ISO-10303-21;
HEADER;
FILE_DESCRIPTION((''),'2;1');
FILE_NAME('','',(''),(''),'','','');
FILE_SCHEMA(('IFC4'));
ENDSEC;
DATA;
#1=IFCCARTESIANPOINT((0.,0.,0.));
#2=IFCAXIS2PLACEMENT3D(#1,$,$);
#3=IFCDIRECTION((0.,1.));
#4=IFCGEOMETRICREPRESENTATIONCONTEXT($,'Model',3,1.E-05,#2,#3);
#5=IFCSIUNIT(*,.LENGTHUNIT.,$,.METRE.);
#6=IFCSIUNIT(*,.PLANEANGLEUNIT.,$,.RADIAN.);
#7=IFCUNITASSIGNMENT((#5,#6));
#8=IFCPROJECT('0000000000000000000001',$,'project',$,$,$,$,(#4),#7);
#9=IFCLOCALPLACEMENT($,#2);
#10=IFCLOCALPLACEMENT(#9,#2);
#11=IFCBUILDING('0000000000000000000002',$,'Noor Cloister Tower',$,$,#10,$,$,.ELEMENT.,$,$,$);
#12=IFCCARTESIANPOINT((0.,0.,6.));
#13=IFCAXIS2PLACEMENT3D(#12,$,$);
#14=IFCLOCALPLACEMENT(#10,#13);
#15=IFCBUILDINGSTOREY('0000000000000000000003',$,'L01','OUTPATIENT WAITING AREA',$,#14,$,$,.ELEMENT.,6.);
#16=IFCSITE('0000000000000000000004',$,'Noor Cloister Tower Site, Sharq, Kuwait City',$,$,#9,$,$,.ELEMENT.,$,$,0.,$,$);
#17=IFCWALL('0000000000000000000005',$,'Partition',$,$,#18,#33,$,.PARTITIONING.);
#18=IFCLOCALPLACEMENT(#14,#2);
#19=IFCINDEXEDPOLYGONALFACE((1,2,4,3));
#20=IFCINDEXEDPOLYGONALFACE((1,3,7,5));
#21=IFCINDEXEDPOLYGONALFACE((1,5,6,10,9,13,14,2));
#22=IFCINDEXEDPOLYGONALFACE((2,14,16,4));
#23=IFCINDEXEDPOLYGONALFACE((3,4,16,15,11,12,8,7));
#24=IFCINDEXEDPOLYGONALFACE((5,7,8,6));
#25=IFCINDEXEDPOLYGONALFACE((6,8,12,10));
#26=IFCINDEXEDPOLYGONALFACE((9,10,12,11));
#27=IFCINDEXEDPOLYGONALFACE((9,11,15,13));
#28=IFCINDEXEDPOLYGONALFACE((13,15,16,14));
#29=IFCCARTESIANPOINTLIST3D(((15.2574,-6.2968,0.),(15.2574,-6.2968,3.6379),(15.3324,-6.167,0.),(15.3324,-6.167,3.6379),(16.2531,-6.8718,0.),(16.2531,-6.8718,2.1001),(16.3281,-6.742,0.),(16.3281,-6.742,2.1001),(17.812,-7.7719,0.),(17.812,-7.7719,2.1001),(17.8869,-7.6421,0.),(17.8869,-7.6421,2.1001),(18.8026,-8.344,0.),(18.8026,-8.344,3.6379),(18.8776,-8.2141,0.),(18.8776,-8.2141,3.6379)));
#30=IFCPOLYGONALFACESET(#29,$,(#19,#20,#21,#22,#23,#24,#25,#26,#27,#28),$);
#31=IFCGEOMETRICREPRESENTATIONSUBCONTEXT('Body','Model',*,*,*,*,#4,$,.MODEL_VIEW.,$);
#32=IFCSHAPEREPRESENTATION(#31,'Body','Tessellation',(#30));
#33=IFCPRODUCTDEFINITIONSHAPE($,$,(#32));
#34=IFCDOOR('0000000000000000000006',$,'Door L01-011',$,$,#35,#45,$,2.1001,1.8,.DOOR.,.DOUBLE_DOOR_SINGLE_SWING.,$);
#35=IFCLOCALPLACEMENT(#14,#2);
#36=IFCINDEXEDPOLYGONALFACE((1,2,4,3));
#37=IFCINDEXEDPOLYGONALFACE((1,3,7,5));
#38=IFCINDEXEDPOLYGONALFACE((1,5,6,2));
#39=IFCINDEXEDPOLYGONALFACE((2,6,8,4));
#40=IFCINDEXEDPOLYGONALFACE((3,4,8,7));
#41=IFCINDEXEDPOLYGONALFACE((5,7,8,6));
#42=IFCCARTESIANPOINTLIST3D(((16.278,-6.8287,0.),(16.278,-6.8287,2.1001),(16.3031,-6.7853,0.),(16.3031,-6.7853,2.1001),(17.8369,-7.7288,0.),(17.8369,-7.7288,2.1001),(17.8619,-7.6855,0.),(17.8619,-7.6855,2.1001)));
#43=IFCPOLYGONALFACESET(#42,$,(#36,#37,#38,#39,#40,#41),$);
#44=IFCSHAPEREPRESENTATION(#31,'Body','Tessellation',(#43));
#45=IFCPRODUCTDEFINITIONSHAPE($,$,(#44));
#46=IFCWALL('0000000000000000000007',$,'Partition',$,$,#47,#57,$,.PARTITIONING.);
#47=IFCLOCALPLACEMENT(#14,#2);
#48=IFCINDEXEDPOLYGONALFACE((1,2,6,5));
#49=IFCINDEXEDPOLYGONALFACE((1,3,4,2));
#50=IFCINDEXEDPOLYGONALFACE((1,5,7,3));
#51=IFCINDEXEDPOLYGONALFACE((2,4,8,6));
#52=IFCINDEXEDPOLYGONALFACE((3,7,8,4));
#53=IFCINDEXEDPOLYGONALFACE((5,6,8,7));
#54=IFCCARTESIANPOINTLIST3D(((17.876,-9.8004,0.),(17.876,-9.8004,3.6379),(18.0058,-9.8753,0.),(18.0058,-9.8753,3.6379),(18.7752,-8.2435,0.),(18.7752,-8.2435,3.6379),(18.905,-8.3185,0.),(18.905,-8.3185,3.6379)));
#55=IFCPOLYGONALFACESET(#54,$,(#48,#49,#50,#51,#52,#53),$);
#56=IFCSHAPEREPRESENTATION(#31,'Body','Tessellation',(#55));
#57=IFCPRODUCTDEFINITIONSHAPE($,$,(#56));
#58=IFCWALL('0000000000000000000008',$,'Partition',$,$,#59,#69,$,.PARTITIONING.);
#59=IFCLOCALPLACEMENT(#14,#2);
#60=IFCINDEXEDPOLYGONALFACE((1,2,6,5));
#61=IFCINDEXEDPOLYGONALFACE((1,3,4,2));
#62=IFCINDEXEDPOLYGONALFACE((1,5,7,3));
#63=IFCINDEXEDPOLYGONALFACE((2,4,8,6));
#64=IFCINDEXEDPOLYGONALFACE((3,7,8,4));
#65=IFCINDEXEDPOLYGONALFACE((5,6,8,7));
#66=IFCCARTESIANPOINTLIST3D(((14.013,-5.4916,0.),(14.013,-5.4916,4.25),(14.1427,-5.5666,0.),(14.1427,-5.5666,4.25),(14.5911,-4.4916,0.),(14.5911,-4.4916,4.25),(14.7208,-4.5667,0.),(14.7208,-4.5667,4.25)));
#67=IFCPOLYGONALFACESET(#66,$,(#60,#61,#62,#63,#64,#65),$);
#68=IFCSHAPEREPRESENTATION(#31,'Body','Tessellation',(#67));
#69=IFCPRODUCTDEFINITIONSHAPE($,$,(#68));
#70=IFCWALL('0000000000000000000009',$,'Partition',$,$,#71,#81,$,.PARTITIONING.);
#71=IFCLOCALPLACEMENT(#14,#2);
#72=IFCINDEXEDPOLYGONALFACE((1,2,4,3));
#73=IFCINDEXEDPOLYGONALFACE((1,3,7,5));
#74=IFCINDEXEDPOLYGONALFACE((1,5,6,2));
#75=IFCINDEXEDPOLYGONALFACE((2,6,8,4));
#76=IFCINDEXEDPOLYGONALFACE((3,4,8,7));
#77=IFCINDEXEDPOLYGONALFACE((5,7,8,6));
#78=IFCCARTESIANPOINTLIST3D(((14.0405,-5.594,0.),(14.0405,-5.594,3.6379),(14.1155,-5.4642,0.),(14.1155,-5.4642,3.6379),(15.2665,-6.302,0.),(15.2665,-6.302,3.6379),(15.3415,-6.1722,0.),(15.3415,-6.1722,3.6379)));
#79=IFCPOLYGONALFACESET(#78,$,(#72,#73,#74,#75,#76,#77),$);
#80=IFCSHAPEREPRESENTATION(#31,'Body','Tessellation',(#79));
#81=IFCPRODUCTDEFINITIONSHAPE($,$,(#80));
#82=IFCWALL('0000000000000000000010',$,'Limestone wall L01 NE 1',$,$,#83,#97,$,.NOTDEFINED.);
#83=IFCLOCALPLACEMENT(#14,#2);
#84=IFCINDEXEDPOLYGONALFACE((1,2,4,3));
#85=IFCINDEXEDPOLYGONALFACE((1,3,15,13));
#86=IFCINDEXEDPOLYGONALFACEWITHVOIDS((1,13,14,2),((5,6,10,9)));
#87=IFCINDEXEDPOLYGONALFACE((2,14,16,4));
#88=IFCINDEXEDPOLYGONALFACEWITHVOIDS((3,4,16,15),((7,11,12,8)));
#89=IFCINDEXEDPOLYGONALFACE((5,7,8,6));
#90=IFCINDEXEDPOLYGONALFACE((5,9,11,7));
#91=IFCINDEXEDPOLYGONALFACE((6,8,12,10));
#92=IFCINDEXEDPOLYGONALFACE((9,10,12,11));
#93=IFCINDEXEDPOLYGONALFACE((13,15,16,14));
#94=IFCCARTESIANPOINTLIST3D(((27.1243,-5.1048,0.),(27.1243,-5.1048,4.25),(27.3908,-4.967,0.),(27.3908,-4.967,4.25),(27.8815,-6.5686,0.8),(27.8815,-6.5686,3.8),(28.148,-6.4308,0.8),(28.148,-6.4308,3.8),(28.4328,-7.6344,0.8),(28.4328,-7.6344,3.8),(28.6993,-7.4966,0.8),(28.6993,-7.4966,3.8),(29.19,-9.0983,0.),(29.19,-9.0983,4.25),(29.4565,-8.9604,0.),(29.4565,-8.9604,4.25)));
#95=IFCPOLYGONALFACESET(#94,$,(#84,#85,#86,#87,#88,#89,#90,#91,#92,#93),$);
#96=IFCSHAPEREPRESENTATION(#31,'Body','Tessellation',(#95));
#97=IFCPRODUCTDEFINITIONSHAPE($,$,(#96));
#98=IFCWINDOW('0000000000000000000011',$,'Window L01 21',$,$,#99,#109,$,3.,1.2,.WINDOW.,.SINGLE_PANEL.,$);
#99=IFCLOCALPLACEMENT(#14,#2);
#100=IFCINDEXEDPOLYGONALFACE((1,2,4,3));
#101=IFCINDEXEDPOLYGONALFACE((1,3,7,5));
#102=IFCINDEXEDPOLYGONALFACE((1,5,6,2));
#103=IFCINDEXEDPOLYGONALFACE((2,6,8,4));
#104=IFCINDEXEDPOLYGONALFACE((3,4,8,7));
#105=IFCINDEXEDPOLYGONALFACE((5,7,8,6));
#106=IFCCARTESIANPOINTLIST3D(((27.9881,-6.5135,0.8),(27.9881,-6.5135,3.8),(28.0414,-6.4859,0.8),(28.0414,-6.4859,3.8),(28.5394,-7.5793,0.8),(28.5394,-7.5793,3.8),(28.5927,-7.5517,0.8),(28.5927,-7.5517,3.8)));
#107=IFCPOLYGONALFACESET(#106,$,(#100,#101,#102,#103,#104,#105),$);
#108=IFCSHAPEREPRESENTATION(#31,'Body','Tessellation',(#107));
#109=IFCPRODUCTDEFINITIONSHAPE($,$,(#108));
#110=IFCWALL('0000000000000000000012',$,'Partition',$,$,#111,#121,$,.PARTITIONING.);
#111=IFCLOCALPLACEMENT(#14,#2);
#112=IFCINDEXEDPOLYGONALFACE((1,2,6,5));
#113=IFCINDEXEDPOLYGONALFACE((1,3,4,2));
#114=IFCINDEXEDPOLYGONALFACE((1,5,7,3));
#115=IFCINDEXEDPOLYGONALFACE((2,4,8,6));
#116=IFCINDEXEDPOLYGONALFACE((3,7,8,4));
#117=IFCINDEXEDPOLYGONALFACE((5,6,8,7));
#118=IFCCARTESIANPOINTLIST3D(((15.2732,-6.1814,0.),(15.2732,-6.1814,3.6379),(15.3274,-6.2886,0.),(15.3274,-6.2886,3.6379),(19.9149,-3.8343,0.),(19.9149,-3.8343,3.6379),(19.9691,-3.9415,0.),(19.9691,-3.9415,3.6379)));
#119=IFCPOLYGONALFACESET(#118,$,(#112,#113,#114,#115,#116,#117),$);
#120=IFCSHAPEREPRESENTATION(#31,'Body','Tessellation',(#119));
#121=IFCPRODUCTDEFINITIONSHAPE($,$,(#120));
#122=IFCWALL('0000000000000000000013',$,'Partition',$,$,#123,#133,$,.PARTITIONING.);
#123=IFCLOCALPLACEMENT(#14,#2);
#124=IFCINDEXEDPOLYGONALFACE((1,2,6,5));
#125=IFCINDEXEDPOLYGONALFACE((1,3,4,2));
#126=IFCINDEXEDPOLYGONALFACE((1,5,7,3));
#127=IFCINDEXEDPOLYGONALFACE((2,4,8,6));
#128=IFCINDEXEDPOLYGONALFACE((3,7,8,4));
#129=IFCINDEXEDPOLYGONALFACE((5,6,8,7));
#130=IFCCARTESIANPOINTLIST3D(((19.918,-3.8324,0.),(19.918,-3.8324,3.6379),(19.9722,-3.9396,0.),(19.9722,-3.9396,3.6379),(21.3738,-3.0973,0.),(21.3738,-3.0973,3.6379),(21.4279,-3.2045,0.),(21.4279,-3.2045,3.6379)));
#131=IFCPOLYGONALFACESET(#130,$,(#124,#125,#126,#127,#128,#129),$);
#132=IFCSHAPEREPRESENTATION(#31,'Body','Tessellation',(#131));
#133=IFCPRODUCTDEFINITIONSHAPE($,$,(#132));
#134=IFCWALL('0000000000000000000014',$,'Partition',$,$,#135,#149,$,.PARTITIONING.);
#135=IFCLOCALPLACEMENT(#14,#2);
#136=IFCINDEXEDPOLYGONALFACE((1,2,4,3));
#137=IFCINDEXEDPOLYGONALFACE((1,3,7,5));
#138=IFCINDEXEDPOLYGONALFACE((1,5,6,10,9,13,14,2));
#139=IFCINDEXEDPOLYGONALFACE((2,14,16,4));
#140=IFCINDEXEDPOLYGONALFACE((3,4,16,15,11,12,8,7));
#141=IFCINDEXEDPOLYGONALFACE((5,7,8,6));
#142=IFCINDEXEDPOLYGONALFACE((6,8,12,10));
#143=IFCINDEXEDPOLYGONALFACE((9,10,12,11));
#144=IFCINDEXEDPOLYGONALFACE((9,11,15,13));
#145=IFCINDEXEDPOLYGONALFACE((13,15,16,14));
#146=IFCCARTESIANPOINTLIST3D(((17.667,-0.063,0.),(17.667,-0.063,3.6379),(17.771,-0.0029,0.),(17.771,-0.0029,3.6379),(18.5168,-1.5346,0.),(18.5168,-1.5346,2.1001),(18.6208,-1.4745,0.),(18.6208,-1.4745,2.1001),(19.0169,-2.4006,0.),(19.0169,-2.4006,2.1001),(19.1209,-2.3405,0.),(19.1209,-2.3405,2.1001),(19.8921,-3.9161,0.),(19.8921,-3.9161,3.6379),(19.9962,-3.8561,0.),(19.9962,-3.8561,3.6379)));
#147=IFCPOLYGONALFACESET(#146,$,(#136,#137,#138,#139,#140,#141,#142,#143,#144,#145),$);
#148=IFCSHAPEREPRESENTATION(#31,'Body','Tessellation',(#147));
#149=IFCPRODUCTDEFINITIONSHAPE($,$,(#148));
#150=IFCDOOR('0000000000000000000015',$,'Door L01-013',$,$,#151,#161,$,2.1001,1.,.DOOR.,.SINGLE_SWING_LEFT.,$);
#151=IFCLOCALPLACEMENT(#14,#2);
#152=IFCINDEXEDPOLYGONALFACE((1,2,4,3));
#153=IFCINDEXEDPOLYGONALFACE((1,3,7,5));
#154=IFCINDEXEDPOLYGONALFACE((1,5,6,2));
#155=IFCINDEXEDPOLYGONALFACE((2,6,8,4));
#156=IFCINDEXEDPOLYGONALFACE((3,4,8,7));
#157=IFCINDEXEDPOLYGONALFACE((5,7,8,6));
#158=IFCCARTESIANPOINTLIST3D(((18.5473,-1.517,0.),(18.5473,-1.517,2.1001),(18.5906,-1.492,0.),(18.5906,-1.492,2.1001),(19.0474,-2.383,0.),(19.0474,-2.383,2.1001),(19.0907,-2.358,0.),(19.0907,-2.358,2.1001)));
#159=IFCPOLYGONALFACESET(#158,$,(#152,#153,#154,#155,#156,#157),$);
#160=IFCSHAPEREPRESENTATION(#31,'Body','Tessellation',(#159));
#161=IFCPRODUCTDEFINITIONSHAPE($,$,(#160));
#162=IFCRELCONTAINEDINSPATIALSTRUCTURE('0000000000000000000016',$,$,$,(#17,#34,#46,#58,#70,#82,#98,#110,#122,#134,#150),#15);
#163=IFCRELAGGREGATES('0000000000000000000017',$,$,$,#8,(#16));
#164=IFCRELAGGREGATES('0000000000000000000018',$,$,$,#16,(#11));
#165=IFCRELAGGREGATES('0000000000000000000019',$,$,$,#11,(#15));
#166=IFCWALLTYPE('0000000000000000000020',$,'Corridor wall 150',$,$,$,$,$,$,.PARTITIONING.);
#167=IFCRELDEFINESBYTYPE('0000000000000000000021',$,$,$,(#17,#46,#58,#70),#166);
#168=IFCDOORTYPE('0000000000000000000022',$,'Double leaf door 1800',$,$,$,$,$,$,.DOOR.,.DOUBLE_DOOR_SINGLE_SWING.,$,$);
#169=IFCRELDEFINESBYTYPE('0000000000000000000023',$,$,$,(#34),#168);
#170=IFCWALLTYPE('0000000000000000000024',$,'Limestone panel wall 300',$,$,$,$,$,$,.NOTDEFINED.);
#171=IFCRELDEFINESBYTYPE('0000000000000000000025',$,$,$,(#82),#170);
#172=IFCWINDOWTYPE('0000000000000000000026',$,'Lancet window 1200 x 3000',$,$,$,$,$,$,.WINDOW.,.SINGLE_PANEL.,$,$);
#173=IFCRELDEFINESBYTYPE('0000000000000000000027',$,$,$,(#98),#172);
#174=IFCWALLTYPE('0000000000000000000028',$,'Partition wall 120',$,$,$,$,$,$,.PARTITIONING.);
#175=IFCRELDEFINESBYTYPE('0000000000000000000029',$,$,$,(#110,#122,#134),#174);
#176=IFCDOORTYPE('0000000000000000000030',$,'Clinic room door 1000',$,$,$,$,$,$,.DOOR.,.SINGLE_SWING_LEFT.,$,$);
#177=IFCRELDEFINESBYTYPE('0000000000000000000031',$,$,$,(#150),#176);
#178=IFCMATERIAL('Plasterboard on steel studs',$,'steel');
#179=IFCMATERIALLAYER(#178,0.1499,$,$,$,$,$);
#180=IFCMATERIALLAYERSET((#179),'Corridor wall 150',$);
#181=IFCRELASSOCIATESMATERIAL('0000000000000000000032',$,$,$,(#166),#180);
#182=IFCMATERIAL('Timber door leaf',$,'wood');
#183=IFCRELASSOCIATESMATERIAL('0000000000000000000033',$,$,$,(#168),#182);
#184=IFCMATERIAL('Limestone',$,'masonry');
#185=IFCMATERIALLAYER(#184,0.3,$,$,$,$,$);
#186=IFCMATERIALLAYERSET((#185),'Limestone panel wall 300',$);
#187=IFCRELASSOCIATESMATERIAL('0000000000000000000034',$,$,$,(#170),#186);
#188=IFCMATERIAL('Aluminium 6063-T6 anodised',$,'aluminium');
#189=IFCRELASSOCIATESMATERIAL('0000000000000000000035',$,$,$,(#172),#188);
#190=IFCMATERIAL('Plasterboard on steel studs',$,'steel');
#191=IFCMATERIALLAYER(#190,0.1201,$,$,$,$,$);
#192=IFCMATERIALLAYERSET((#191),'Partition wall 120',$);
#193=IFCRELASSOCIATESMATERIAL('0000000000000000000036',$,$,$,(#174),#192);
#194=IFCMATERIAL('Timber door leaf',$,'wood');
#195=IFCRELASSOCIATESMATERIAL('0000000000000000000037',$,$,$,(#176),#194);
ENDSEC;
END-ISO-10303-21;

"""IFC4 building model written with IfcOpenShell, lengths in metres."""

from ifc_helpers import new_model, si_unit, direction, frame, frame_2d, origin, place, context, subcontext, project, spatial, rectangle, extrude, material, layer, layer_set, type_object, element, fill, save


model = new_model("IFC4")

# Units and contexts
model_context = context("Model", 3, precision=1e-05, world=origin(), true_north=direction((0.0, 1.0)))
body_context = subcontext(model_context, "Body", "Model", "MODEL_VIEW")
ifc_project = project(units=[si_unit("LENGTHUNIT", "METRE"), si_unit("PLANEANGLEUNIT", "RADIAN")], contexts=[model_context])

# Site, building, storey
site_placement = place(None, origin())
site = spatial("IfcSite", under=ifc_project, at=site_placement, Name="Noor Cloister Tower Site, Sharq, Kuwait City", CompositionType="ELEMENT", RefElevation=0.0)
building_placement = place(site_placement, origin())
building = spatial("IfcBuilding", under=site, at=building_placement, Name="Noor Cloister Tower", CompositionType="ELEMENT")
storey_placement = place(building_placement, frame((0.0, 0.0, 6.0)))
storey = spatial("IfcBuildingStorey", under=building, at=storey_placement, Name="L01", Description="OUTPATIENT WAITING AREA", CompositionType="ELEMENT", Elevation=6.0)

# Wall, opening, door
ifc_material_1 = material(Name="Plasterboard on steel studs", Category="steel")
ifc_layer_1 = layer(ifc_material_1, 0.1499)
ifc_layer_set_1 = layer_set([ifc_layer_1], Name="Corridor wall 150")
wall_type_1 = type_object("IfcWallType", Name="Corridor wall 150", PredefinedType="PARTITIONING", material=ifc_layer_set_1)
ifc_material_2 = material(Name="Timber door leaf", Category="wood")
door_type_1 = type_object("IfcDoorType", Name="Double leaf door 1800", OperationType="DOUBLE_DOOR_SINGLE_SWING", PredefinedType="DOOR", material=ifc_material_2)
wall_1_placement = place(storey_placement, frame((15.2949, -6.2319, 0.0), z_axis=(0.0, 0.0, 1.0), x_axis=(0.865992, -0.500058, 0.0)))
wall_1 = element("IfcWall", 1, at=wall_1_placement, inside=storey, type_object=wall_type_1, Name="Partition", PredefinedType="PARTITIONING", context=body_context, shape_type="SweptSolid", body=[
    extrude(rectangle(XDim=4.0938, YDim=0.1499, at=frame_2d((2.0469, 0.0))), origin(), (0.0, 0.0, 1.0), 3.6379),
])
opening_1_placement = place(wall_1_placement, frame((1.1499, 0.0, 0.0)))
opening_1 = element("IfcOpeningElement", 2, at=opening_1_placement, cuts=wall_1, PredefinedType="OPENING", context=body_context, shape_type="SweptSolid", body=[
    extrude(rectangle(XDim=1.8, YDim=2.1001, at=frame_2d((0.8999, 1.05))), frame((0.0, 0.085, 0.0), z_axis=(0.0, -1.0, 0.0), x_axis=(1.0, 0.0, 0.0)), (0.0, 0.0, 1.0), 0.1699),
])
door_1_placement = place(opening_1_placement, origin())
door_1 = element("IfcDoor", 3, at=door_1_placement, inside=storey, type_object=door_type_1, Name="Door L01-011", OperationType="DOUBLE_DOOR_SINGLE_SWING", OverallHeight=2.1001, OverallWidth=1.8, PredefinedType="DOOR", context=body_context, shape_type="SweptSolid", body=[
    extrude(rectangle(XDim=1.8, YDim=2.1001, at=frame_2d((0.8999, 1.05))), frame((0.0, 0.0249, 0.0), z_axis=(0.0, -1.0, 0.0), x_axis=(1.0, 0.0, 0.0)), (0.0, 0.0, 1.0), 0.05),
])
fill(opening_1, door_1)

# Walls
wall_2_placement = place(storey_placement, frame((18.8401, -8.281, 0.0), z_axis=(0.0, 0.0, 1.0), x_axis=(-0.500126, -0.865953, 0.0)))
element("IfcWall", 4, at=wall_2_placement, inside=storey, type_object=wall_type_1, Name="Partition", PredefinedType="PARTITIONING", context=body_context, shape_type="SweptSolid", body=[
    extrude(rectangle(XDim=1.7979, YDim=0.1499, at=frame_2d((0.8989, 0.0))), origin(), (0.0, 0.0, 1.0), 3.6379),
])
wall_3_placement = place(storey_placement, frame((14.656, -4.5291, 0.0), z_axis=(0.0, 0.0, 1.0), x_axis=(-0.500503, -0.865735, 0.0)))
element("IfcWall", 5, at=wall_3_placement, inside=storey, type_object=wall_type_1, Name="Partition", PredefinedType="PARTITIONING", context=body_context, shape_type="SweptSolid", body=[
    extrude(rectangle(XDim=1.155, YDim=0.1499, at=frame_2d((0.5776, 0.0))), origin(), (0.0, 0.0, 1.0), 4.25),
])
wall_4_placement = place(storey_placement, frame((14.0779, -5.5291, 0.0), z_axis=(0.0, 0.0, 1.0), x_axis=(0.865985, -0.500071, 0.0)))
element("IfcWall", 6, at=wall_4_placement, inside=storey, type_object=wall_type_1, Name="Partition", PredefinedType="PARTITIONING", context=body_context, shape_type="SweptSolid", body=[
    extrude(rectangle(XDim=1.4158, YDim=0.1499, at=frame_2d((0.708, 0.0))), origin(), (0.0, 0.0, 1.0), 3.6379),
])

# Wall, opening, window
ifc_material_3 = material(Name="Limestone", Category="masonry")
ifc_layer_2 = layer(ifc_material_3, 0.3)
ifc_layer_set_2 = layer_set([ifc_layer_2], Name="Limestone panel wall 300")
wall_type_2 = type_object("IfcWallType", Name="Limestone panel wall 300", PredefinedType="NOTDEFINED", material=ifc_layer_set_2)
wall_5_placement = place(storey_placement, frame((27.2576, -5.0359, 0.0), z_axis=(0.0, 0.0, 1.0), x_axis=(0.459444, -0.888207, 0.0)))
wall_5 = element("IfcWall", 7, at=wall_5_placement, inside=storey, type_object=wall_type_2, Name="Limestone wall L01 NE 1", PredefinedType="NOTDEFINED", context=body_context, shape_type="SweptSolid", body=[
    extrude(rectangle(XDim=4.4961, YDim=0.3, at=frame_2d((2.248, 0.0))), origin(), (0.0, 0.0, 1.0), 4.25),
])
opening_2_placement = place(wall_5_placement, frame((1.6479, 0.0, 0.8)))
opening_2 = element("IfcOpeningElement", 8, at=opening_2_placement, cuts=wall_5, PredefinedType="OPENING", context=body_context, shape_type="SweptSolid", body=[
    extrude(rectangle(XDim=1.2, YDim=3.0, at=frame_2d((0.6001, 1.5))), frame((0.0, 0.1602, 0.0), z_axis=(0.0, -1.0, 0.0), x_axis=(1.0, 0.0, 0.0)), (0.0, 0.0, 1.0), 0.3201),
])
ifc_material_4 = material(Name="Aluminium 6063-T6 anodised", Category="aluminium")
window_type = type_object("IfcWindowType", Name="Lancet window 1200 x 3000", PartitioningType="SINGLE_PANEL", PredefinedType="WINDOW", material=ifc_material_4)
window_placement = place(opening_2_placement, origin())
window = element("IfcWindow", 9, at=window_placement, inside=storey, type_object=window_type, Name="Window L01 21", OverallHeight=3.0, OverallWidth=1.2, PartitioningType="SINGLE_PANEL", PredefinedType="WINDOW", context=body_context, shape_type="SweptSolid", body=[
    extrude(rectangle(XDim=1.2, YDim=3.0, at=frame_2d((0.6001, 1.5))), frame((0.0, 0.03, 0.0), z_axis=(0.0, -1.0, 0.0), x_axis=(1.0, 0.0, 0.0)), (0.0, 0.0, 1.0), 0.0601),
])
fill(opening_2, window)

# Walls
ifc_material_5 = material(Name="Plasterboard on steel studs", Category="steel")
ifc_layer_3 = layer(ifc_material_5, 0.1201)
ifc_layer_set_3 = layer_set([ifc_layer_3], Name="Partition wall 120")
wall_type_3 = type_object("IfcWallType", Name="Partition wall 120", PredefinedType="PARTITIONING", material=ifc_layer_set_3)
wall_6_placement = place(storey_placement, frame((19.9419, -3.8879, 0.0), z_axis=(0.0, 0.0, 1.0), x_axis=(-0.8924, -0.451246, 0.0)))
element("IfcWall", 10, at=wall_6_placement, inside=storey, type_object=wall_type_3, Name="Partition", PredefinedType="PARTITIONING", context=body_context, shape_type="SweptSolid", body=[
    extrude(rectangle(XDim=5.2014, YDim=0.1201, at=frame_2d((2.6006, 0.0))), origin(), (0.0, 0.0, 1.0), 3.6379),
])
wall_7_placement = place(storey_placement, frame((21.4009, -3.1509, 0.0), z_axis=(0.0, 0.0, 1.0), x_axis=(-0.892654, -0.450743, 0.0)))
element("IfcWall", 11, at=wall_7_placement, inside=storey, type_object=wall_type_3, Name="Partition", PredefinedType="PARTITIONING", context=body_context, shape_type="SweptSolid", body=[
    extrude(rectangle(XDim=1.6309, YDim=0.1201, at=frame_2d((0.8154, 0.0))), origin(), (0.0, 0.0, 1.0), 3.6379),
])

# Wall, opening, door
wall_8_placement = place(storey_placement, frame((19.9441, -3.886, 0.0), z_axis=(0.0, 0.0, 1.0), x_axis=(-0.500093, 0.865972, 0.0)))
wall_8 = element("IfcWall", 12, at=wall_8_placement, inside=storey, type_object=wall_type_3, Name="Partition", PredefinedType="PARTITIONING", context=body_context, shape_type="SweptSolid", body=[
    extrude(rectangle(XDim=4.4495, YDim=0.1201, at=frame_2d((2.2246, 0.0))), origin(), (0.0, 0.0, 1.0), 3.6379),
])
opening_3_placement = place(wall_8_placement, frame((1.75, 0.0, 0.0)))
opening_3 = element("IfcOpeningElement", 13, at=opening_3_placement, cuts=wall_8, PredefinedType="OPENING", context=body_context, shape_type="SweptSolid", body=[
    extrude(rectangle(XDim=1.0, YDim=2.1001, at=frame_2d((0.5, 1.05))), frame((0.0, 0.0701, 0.0), z_axis=(0.0, -1.0, 0.0), x_axis=(1.0, 0.0, 0.0)), (0.0, 0.0, 1.0), 0.1401),
])
ifc_material_6 = material(Name="Timber door leaf", Category="wood")
door_type_2 = type_object("IfcDoorType", Name="Clinic room door 1000", OperationType="SINGLE_SWING_LEFT", PredefinedType="DOOR", material=ifc_material_6)
door_2_placement = place(opening_3_placement, origin())
door_2 = element("IfcDoor", 14, at=door_2_placement, inside=storey, type_object=door_type_2, Name="Door L01-013", OperationType="SINGLE_SWING_LEFT", OverallHeight=2.1001, OverallWidth=1.0, PredefinedType="DOOR", context=body_context, shape_type="SweptSolid", body=[
    extrude(rectangle(XDim=1.0, YDim=2.1001, at=frame_2d((0.5, 1.05))), frame((0.0, 0.0249, 0.0), z_axis=(0.0, -1.0, 0.0), x_axis=(1.0, 0.0, 0.0)), (0.0, 0.0, 1.0), 0.05),
])
fill(opening_3, door_2)

save(model, "model.ifc")
